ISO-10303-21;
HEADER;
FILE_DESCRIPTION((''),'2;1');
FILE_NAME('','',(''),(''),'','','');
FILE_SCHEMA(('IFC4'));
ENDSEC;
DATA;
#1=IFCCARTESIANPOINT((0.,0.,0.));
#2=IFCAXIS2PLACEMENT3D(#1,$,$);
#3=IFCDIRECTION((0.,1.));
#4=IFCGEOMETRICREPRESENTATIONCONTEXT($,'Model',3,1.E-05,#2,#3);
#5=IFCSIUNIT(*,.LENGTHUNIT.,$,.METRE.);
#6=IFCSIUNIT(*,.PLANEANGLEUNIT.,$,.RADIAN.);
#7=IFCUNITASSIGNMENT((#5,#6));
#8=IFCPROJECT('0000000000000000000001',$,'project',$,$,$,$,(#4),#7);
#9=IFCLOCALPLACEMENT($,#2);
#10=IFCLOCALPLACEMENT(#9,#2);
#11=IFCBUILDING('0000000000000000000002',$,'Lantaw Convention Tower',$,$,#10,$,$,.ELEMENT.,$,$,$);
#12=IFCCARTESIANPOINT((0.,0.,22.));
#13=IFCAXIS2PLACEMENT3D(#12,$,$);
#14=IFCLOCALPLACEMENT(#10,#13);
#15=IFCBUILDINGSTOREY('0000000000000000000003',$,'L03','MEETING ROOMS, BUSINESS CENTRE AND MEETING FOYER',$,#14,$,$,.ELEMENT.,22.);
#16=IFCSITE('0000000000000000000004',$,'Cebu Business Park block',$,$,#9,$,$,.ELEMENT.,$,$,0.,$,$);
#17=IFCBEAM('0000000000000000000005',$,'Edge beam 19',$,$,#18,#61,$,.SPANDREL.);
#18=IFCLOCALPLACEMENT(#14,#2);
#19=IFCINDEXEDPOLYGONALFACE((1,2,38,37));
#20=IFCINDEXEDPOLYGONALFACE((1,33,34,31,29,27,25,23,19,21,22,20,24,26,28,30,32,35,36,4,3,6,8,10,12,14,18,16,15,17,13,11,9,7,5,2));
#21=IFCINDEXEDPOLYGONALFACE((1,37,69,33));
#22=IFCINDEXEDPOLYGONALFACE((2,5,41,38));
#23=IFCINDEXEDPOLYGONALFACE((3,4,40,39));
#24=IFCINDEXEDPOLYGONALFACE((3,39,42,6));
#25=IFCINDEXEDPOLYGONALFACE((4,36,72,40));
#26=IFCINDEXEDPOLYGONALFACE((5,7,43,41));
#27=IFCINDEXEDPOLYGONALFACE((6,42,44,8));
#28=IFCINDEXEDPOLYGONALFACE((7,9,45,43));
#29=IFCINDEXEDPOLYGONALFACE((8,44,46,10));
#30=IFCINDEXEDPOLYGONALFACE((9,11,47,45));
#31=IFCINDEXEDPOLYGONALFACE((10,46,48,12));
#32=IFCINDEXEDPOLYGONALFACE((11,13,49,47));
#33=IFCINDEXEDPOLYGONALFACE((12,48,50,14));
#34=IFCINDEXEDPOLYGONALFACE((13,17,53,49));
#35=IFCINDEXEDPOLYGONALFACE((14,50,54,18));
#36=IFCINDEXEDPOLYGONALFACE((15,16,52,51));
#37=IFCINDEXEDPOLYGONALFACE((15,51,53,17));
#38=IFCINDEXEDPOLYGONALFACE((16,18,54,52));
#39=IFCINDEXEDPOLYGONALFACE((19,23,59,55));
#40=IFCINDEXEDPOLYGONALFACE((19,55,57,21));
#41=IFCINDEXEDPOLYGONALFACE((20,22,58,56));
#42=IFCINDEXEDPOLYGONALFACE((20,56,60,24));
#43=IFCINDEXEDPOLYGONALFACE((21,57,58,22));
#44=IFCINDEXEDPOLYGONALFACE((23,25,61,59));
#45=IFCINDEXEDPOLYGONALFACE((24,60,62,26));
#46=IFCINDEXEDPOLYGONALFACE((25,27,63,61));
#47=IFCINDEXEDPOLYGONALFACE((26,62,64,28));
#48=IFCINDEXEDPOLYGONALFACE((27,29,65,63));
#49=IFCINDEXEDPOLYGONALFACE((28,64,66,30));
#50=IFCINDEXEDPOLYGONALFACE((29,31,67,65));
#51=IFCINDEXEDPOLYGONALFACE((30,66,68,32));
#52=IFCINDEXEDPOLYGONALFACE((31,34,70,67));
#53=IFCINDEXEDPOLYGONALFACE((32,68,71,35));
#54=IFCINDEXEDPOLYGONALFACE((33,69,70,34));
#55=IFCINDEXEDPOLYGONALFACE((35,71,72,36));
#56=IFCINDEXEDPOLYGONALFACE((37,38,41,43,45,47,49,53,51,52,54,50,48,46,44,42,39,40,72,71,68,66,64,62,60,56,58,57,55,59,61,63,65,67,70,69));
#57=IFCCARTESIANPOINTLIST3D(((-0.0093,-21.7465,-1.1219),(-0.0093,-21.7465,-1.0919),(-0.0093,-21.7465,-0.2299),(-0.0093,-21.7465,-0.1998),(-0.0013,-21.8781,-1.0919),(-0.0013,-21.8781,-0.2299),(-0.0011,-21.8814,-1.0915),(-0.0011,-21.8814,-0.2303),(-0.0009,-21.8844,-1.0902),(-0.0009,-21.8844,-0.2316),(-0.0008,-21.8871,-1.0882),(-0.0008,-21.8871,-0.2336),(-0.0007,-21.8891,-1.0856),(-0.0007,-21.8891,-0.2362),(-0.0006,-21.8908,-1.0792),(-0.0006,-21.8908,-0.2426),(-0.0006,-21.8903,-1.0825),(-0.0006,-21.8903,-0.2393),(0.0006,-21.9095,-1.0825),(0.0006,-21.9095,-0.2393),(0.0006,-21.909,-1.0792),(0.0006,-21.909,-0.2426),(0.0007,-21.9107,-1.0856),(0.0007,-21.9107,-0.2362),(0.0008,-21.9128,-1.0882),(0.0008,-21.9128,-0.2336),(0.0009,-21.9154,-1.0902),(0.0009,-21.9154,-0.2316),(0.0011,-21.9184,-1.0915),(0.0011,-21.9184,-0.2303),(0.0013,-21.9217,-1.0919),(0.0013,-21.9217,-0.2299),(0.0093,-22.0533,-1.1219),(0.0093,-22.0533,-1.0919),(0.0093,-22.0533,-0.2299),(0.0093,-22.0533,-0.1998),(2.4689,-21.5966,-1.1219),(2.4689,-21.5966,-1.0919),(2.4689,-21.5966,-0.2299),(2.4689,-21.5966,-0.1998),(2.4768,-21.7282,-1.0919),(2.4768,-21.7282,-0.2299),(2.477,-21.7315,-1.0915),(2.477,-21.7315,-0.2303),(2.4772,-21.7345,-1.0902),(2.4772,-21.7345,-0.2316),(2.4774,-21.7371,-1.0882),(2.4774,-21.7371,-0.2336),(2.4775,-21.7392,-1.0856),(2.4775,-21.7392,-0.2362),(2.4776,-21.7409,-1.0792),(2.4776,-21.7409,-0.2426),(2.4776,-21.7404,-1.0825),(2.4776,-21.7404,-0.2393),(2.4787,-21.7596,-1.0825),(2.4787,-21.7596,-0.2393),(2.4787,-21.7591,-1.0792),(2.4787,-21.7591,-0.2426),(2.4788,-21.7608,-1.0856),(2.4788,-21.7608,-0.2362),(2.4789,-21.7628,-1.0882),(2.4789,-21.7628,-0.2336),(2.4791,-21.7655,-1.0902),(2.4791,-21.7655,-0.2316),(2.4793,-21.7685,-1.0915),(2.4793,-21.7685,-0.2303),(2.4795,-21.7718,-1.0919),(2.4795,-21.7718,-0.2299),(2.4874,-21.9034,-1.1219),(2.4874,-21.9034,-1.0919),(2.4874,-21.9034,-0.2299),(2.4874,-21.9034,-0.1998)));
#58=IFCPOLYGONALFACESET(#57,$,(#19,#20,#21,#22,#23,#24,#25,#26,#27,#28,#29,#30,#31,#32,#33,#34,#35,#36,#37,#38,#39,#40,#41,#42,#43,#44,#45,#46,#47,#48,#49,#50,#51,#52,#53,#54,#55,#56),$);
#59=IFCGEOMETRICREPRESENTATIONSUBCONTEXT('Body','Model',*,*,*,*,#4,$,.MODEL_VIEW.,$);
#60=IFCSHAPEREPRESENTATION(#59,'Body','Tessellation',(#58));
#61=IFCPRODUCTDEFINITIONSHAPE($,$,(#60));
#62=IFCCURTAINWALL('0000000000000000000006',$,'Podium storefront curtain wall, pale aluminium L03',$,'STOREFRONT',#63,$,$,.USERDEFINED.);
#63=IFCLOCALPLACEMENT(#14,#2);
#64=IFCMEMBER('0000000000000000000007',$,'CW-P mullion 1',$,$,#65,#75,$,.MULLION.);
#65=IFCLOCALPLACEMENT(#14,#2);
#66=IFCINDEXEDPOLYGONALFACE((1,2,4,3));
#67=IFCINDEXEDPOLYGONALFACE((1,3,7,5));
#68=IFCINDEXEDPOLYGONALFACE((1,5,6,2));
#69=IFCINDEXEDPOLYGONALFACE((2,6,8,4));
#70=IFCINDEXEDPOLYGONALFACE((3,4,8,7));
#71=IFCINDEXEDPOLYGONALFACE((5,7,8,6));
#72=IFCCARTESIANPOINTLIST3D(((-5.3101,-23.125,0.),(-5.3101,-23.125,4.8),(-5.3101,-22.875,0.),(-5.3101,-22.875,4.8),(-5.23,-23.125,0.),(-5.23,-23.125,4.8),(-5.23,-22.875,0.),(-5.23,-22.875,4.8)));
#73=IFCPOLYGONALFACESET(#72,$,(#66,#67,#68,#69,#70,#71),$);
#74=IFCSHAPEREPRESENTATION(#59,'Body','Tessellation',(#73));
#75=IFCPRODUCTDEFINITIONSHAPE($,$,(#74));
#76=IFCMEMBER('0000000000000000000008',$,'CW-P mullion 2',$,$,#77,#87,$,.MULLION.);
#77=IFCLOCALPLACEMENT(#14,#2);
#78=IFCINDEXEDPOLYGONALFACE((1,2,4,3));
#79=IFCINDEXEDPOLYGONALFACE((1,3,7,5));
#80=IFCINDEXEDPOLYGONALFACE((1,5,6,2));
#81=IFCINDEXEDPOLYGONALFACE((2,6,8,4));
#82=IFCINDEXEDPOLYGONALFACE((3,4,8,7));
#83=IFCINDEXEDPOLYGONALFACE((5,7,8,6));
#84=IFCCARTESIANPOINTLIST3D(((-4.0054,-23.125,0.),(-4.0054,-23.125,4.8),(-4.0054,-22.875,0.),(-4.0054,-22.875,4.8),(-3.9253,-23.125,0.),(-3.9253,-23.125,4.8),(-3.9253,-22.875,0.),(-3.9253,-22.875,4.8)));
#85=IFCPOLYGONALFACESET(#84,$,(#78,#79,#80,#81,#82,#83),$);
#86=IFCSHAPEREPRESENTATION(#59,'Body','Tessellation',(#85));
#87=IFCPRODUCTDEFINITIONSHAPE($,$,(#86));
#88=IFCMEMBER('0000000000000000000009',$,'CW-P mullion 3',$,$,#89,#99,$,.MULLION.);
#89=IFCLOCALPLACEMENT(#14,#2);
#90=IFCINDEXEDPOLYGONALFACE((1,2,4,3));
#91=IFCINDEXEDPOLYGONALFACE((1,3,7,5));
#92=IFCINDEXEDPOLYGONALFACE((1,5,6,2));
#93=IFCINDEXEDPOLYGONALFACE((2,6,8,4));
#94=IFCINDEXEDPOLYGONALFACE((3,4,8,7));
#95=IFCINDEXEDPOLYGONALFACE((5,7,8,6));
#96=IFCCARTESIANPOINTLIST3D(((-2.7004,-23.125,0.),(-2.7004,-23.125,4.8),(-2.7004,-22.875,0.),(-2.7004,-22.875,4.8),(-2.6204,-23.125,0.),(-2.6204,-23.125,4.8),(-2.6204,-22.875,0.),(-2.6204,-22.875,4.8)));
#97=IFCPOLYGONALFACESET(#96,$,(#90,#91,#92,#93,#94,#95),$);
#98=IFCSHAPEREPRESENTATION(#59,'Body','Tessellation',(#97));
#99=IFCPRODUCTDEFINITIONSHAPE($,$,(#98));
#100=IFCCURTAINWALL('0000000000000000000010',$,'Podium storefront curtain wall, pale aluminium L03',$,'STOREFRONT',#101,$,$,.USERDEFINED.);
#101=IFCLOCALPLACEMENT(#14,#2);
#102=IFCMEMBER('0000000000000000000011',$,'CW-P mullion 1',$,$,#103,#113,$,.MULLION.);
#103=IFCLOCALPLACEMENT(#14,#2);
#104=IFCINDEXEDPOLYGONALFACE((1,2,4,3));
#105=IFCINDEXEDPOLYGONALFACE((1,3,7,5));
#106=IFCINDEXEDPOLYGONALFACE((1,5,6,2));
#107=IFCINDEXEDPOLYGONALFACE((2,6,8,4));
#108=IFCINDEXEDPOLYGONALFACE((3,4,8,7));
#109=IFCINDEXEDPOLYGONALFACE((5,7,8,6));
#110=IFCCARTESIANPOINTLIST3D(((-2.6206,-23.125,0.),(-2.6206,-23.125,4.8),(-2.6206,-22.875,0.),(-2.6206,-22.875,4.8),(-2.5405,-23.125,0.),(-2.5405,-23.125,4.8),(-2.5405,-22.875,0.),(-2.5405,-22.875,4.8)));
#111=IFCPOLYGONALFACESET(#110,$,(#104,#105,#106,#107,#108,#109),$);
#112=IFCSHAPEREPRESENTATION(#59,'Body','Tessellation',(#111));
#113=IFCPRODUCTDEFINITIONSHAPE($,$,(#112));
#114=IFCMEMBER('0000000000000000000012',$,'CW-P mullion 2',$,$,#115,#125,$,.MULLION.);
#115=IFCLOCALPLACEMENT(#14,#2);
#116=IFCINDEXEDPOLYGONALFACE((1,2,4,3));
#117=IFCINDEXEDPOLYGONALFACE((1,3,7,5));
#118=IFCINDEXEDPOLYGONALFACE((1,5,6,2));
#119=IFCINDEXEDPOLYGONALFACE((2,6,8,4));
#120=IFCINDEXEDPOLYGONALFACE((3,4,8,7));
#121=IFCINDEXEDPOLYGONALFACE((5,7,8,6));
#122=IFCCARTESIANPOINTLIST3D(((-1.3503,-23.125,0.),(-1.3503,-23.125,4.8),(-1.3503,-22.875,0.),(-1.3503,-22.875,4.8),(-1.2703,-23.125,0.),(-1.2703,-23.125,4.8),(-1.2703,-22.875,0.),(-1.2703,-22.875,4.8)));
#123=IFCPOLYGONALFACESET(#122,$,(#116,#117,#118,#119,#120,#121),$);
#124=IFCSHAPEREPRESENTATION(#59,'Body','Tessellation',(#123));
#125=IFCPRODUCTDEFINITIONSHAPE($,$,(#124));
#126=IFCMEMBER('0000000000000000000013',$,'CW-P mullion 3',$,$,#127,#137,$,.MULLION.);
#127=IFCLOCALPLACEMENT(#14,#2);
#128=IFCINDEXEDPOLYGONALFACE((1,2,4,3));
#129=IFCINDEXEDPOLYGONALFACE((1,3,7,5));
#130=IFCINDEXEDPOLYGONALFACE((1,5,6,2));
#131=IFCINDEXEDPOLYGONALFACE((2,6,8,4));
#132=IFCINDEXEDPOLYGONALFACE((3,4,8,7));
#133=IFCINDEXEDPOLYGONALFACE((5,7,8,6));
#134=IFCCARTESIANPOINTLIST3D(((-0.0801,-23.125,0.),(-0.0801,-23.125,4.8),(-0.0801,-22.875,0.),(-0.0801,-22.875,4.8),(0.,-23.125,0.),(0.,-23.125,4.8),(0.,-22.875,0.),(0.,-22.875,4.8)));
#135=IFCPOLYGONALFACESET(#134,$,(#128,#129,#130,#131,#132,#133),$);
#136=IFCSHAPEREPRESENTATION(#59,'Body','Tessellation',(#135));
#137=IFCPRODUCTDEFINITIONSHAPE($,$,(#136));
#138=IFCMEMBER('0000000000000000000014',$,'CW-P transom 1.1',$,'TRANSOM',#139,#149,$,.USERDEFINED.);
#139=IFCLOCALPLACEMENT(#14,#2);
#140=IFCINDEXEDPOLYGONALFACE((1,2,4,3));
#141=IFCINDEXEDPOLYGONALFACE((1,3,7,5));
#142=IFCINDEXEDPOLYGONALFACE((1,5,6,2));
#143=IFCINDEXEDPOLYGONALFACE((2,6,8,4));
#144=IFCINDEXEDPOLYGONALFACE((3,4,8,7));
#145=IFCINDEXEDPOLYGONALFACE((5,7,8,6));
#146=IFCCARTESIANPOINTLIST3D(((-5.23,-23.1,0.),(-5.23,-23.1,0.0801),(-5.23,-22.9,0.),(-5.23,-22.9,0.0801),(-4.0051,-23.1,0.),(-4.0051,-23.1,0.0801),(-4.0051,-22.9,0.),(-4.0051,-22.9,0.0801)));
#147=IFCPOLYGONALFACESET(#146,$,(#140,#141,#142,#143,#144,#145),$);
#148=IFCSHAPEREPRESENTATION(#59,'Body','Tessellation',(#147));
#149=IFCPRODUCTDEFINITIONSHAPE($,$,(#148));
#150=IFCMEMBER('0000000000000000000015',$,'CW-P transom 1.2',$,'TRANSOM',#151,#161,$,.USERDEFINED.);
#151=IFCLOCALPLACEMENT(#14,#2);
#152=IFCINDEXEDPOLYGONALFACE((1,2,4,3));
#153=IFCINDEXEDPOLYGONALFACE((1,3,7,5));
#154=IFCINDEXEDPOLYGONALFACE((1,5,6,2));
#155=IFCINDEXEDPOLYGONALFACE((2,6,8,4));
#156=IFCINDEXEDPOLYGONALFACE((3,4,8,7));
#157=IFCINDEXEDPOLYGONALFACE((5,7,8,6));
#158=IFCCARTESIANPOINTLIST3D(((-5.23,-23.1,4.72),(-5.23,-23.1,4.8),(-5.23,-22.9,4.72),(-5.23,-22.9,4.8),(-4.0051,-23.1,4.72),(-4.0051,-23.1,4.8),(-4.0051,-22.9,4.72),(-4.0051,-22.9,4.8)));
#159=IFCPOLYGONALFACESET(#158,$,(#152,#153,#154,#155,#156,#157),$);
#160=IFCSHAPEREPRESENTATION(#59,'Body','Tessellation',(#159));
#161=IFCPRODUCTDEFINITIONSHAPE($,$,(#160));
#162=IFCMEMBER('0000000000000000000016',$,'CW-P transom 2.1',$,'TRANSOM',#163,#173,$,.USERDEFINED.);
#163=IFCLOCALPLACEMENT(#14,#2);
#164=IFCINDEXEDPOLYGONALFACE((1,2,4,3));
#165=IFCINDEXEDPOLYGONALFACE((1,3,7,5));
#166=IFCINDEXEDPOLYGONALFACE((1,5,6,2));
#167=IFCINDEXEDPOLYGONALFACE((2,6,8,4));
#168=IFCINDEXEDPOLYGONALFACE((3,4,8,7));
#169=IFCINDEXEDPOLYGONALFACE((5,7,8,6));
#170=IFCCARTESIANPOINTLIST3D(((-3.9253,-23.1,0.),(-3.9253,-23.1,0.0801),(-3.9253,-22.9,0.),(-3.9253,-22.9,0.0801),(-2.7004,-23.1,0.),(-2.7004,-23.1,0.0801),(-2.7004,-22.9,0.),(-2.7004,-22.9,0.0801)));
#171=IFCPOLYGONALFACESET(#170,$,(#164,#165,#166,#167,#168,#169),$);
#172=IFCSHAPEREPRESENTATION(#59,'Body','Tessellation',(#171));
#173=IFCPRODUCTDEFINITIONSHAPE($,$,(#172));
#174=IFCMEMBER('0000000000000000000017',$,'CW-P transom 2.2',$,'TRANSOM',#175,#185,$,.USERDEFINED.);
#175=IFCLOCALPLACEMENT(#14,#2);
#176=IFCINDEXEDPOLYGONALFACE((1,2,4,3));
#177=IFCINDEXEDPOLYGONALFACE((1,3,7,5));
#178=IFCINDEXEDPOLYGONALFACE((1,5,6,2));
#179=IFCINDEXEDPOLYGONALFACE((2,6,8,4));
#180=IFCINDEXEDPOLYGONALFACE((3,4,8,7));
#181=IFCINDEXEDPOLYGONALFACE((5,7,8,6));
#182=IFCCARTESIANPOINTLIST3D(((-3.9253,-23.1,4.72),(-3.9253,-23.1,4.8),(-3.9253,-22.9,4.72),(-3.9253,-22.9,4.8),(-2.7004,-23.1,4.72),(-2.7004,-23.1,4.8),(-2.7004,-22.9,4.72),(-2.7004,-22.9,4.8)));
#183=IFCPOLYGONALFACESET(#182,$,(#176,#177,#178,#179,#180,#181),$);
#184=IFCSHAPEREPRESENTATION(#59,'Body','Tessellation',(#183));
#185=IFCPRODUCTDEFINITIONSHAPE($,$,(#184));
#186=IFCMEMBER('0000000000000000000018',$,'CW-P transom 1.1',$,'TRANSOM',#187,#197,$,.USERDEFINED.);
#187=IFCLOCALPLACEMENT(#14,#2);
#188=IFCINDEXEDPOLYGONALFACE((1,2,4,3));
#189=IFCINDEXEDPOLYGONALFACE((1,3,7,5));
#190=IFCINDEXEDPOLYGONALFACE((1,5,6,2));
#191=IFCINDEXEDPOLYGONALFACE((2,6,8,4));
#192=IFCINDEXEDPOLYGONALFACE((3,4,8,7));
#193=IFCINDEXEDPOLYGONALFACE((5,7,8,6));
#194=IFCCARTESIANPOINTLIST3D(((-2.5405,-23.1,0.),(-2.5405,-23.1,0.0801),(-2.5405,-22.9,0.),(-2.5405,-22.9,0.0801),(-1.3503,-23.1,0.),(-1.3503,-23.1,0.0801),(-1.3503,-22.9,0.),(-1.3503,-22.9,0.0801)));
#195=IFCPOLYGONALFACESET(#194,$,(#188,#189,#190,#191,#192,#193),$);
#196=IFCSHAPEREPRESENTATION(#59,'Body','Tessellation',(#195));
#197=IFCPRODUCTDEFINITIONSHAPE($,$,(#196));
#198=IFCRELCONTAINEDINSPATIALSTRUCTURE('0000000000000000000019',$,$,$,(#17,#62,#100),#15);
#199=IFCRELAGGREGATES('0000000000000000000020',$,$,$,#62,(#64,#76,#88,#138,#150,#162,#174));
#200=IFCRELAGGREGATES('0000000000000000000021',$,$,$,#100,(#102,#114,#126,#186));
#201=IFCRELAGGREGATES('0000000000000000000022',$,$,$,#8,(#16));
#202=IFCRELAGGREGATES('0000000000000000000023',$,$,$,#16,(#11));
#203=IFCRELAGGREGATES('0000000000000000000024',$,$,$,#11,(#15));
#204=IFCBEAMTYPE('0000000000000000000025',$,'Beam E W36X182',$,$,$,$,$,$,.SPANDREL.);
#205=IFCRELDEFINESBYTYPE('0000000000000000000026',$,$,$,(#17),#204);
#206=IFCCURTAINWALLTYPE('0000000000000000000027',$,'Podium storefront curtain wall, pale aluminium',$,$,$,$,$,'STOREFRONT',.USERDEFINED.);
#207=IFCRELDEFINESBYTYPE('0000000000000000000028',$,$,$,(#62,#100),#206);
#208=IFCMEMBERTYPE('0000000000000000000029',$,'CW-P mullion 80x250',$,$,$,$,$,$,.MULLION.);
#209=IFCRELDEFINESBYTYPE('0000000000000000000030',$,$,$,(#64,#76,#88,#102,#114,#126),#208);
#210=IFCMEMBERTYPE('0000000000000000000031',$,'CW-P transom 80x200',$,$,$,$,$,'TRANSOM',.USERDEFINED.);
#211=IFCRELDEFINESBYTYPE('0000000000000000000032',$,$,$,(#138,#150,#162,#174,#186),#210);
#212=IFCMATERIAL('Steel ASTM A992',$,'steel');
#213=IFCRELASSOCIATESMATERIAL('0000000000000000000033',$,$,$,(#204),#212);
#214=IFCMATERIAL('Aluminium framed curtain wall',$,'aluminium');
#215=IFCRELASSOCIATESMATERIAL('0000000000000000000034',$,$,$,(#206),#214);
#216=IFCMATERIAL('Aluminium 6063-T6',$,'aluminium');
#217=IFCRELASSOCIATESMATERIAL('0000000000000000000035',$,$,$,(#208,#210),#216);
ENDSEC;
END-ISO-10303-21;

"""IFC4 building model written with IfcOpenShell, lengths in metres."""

from ifc_helpers import new_model, si_unit, direction, frame, origin, origin_2d, place, context, subcontext, project, spatial, rectangle, i_section, extrude, material, material_profile, profile_set, type_object, element, aggregate, save


model = new_model("IFC4")

# Units and contexts
model_context = context("Model", 3, precision=1e-05, world=origin(), true_north=direction((0.0, 1.0)))
body_context = subcontext(model_context, "Body", "Model", "MODEL_VIEW")
ifc_project = project(units=[si_unit("LENGTHUNIT", "METRE"), si_unit("PLANEANGLEUNIT", "RADIAN")], contexts=[model_context])

# Site, building, storey
site_placement = place(None, origin())
site = spatial("IfcSite", under=ifc_project, at=site_placement, Name="Cebu Business Park block", CompositionType="ELEMENT", RefElevation=0.0)
building_placement = place(site_placement, origin())
building = spatial("IfcBuilding", under=site, at=building_placement, Name="Lantaw Convention Tower", CompositionType="ELEMENT")
storey_placement = place(building_placement, frame((0.0, 0.0, 22.0)))
storey = spatial("IfcBuildingStorey", under=building, at=storey_placement, Name="L03", Description="MEETING ROOMS, BUSINESS CENTRE AND MEETING FOYER", CompositionType="ELEMENT", Elevation=22.0)

# Beam
ifc_material_1 = material(Name="Steel ASTM A992", Category="steel")
ifc_material_profile_1 = material_profile(ifc_material_1, i_section(OverallWidth=0.3074, OverallDepth=0.9221, WebThickness=0.0183, FlangeThickness=0.03, FilletRadius=0.0127, at=origin_2d()), Name="W36X182")
ifc_profile_set_1 = profile_set([ifc_material_profile_1], Name="Steel ASTM A992")
beam_type_1 = type_object("IfcBeamType", Name="Beam E W36X182", PredefinedType="SPANDREL", material=ifc_profile_set_1)
for number, where, z_axis, x_axis, name in (
    (1, (0.0, -21.8999, -0.6609), (0.998175, 0.060382, 0.0), (-0.060382, 0.998175, 0.0), "Edge beam 19"),
):
    element("IfcBeam", number, at=place(storey_placement, frame(where, z_axis=z_axis, x_axis=x_axis)), inside=storey, type_object=beam_type_1, Name=name, PredefinedType="SPANDREL", context=body_context, shape_type="SweptSolid", body=[
        extrude(i_section(OverallWidth=0.3074, OverallDepth=0.9221, WebThickness=0.0183, FlangeThickness=0.03, FilletRadius=0.0127, at=origin_2d()), origin(), (0.0, 0.0, 1.0), 2.4827),
    ])

# Curtain walls, members
ifc_material_2 = material(Name="Aluminium framed curtain wall", Category="aluminium")
curtain_wall_type = type_object("IfcCurtainWallType", Name="Podium storefront curtain wall, pale aluminium", ElementType="STOREFRONT", PredefinedType="USERDEFINED", material=ifc_material_2)
curtain_wall_1_placement = place(storey_placement, origin())
curtain_wall_1 = element("IfcCurtainWall", 2, at=curtain_wall_1_placement, inside=storey, type_object=curtain_wall_type, Name="Podium storefront curtain wall, pale aluminium L03", ObjectType="STOREFRONT", PredefinedType="USERDEFINED")
ifc_material_3 = material(Name="Aluminium 6063-T6", Category="aluminium")
ifc_material_profile_2 = material_profile(ifc_material_3, rectangle(XDim=0.25, YDim=0.0801, at=origin_2d()), Name="CW-P mullion 80x250")
ifc_profile_set_2 = profile_set([ifc_material_profile_2], Name="Aluminium 6063-T6")
member_type_1 = type_object("IfcMemberType", Name="CW-P mullion 80x250", PredefinedType="MULLION", material=ifc_profile_set_2)
member_1_placement = place(storey_placement, frame((-5.27, -23.0, 0.0), z_axis=(0.0, 0.0, 1.0), x_axis=(0.0, 1.0, 0.0)))
member_1 = element("IfcMember", 3, at=member_1_placement, type_object=member_type_1, Name="CW-P mullion 1", PredefinedType="MULLION", context=body_context, shape_type="SweptSolid", body=[
    extrude(rectangle(XDim=0.25, YDim=0.0801, at=origin_2d()), origin(), (0.0, 0.0, 1.0), 4.8),
])
member_2_placement = place(storey_placement, frame((-3.9653, -23.0, 0.0), z_axis=(0.0, 0.0, 1.0), x_axis=(0.0, 1.0, 0.0)))
member_2 = element("IfcMember", 4, at=member_2_placement, type_object=member_type_1, Name="CW-P mullion 2", PredefinedType="MULLION", context=body_context, shape_type="SweptSolid", body=[
    extrude(rectangle(XDim=0.25, YDim=0.0801, at=origin_2d()), origin(), (0.0, 0.0, 1.0), 4.8),
])
member_3_placement = place(storey_placement, frame((-2.6604, -23.0, 0.0), z_axis=(0.0, 0.0, 1.0), x_axis=(0.0, 1.0, 0.0)))
member_3 = element("IfcMember", 5, at=member_3_placement, type_object=member_type_1, Name="CW-P mullion 3", PredefinedType="MULLION", context=body_context, shape_type="SweptSolid", body=[
    extrude(rectangle(XDim=0.25, YDim=0.0801, at=origin_2d()), origin(), (0.0, 0.0, 1.0), 4.8),
])
curtain_wall_2_placement = place(storey_placement, origin())
curtain_wall_2 = element("IfcCurtainWall", 6, at=curtain_wall_2_placement, inside=storey, type_object=curtain_wall_type, Name="Podium storefront curtain wall, pale aluminium L03", ObjectType="STOREFRONT", PredefinedType="USERDEFINED")
member_4_placement = place(storey_placement, frame((-2.5806, -23.0, 0.0), z_axis=(0.0, 0.0, 1.0), x_axis=(0.0, 1.0, 0.0)))
member_4 = element("IfcMember", 7, at=member_4_placement, type_object=member_type_1, Name="CW-P mullion 1", PredefinedType="MULLION", context=body_context, shape_type="SweptSolid", body=[
    extrude(rectangle(XDim=0.25, YDim=0.0801, at=origin_2d()), origin(), (0.0, 0.0, 1.0), 4.8),
])
member_5_placement = place(storey_placement, frame((-1.3103, -23.0, 0.0), z_axis=(0.0, 0.0, 1.0), x_axis=(0.0, 1.0, 0.0)))
member_5 = element("IfcMember", 8, at=member_5_placement, type_object=member_type_1, Name="CW-P mullion 2", PredefinedType="MULLION", context=body_context, shape_type="SweptSolid", body=[
    extrude(rectangle(XDim=0.25, YDim=0.0801, at=origin_2d()), origin(), (0.0, 0.0, 1.0), 4.8),
])
member_6_placement = place(storey_placement, frame((-0.04, -23.0, 0.0), z_axis=(0.0, 0.0, 1.0), x_axis=(0.0, 1.0, 0.0)))
member_6 = element("IfcMember", 9, at=member_6_placement, type_object=member_type_1, Name="CW-P mullion 3", PredefinedType="MULLION", context=body_context, shape_type="SweptSolid", body=[
    extrude(rectangle(XDim=0.25, YDim=0.0801, at=origin_2d()), origin(), (0.0, 0.0, 1.0), 4.8),
])

# Members
ifc_material_profile_3 = material_profile(ifc_material_3, rectangle(XDim=0.2, YDim=0.0801, at=origin_2d()), Name="CW-P transom 80x200")
ifc_profile_set_3 = profile_set([ifc_material_profile_3], Name="Aluminium 6063-T6")
member_type_2 = type_object("IfcMemberType", Name="CW-P transom 80x200", ElementType="TRANSOM", PredefinedType="USERDEFINED", material=ifc_profile_set_3)
member_7_placement = place(storey_placement, frame((-5.23, -23.0, 0.04), z_axis=(1.0, 0.0, 0.0), x_axis=(0.0, 1.0, 0.0)))
member_7 = element("IfcMember", 10, at=member_7_placement, type_object=member_type_2, Name="CW-P transom 1.1", ObjectType="TRANSOM", PredefinedType="USERDEFINED", context=body_context, shape_type="SweptSolid", body=[
    extrude(rectangle(XDim=0.2, YDim=0.0801, at=origin_2d()), origin(), (0.0, 0.0, 1.0), 1.2249),
])
member_8_placement = place(storey_placement, frame((-5.23, -23.0, 4.76), z_axis=(1.0, 0.0, 0.0), x_axis=(0.0, 1.0, 0.0)))
member_8 = element("IfcMember", 11, at=member_8_placement, type_object=member_type_2, Name="CW-P transom 1.2", ObjectType="TRANSOM", PredefinedType="USERDEFINED", context=body_context, shape_type="SweptSolid", body=[
    extrude(rectangle(XDim=0.2, YDim=0.0801, at=origin_2d()), origin(), (0.0, 0.0, 1.0), 1.2249),
])
member_9_placement = place(storey_placement, frame((-3.9253, -23.0, 0.04), z_axis=(1.0, 0.0, 0.0), x_axis=(0.0, 1.0, 0.0)))
member_9 = element("IfcMember", 12, at=member_9_placement, type_object=member_type_2, Name="CW-P transom 2.1", ObjectType="TRANSOM", PredefinedType="USERDEFINED", context=body_context, shape_type="SweptSolid", body=[
    extrude(rectangle(XDim=0.2, YDim=0.0801, at=origin_2d()), origin(), (0.0, 0.0, 1.0), 1.2249),
])
member_10_placement = place(storey_placement, frame((-3.9253, -23.0, 4.76), z_axis=(1.0, 0.0, 0.0), x_axis=(0.0, 1.0, 0.0)))
member_10 = element("IfcMember", 13, at=member_10_placement, type_object=member_type_2, Name="CW-P transom 2.2", ObjectType="TRANSOM", PredefinedType="USERDEFINED", context=body_context, shape_type="SweptSolid", body=[
    extrude(rectangle(XDim=0.2, YDim=0.0801, at=origin_2d()), origin(), (0.0, 0.0, 1.0), 1.2249),
])
member_11_placement = place(storey_placement, frame((-2.5405, -23.0, 0.04), z_axis=(1.0, 0.0, 0.0), x_axis=(0.0, 1.0, 0.0)))
member_11 = element("IfcMember", 14, at=member_11_placement, type_object=member_type_2, Name="CW-P transom 1.1", ObjectType="TRANSOM", PredefinedType="USERDEFINED", context=body_context, shape_type="SweptSolid", body=[
    extrude(rectangle(XDim=0.2, YDim=0.0801, at=origin_2d()), origin(), (0.0, 0.0, 1.0), 1.1902),
])

aggregate(curtain_wall_1, [member_1, member_2, member_3, member_7, member_8, member_9, member_10])
aggregate(curtain_wall_2, [member_4, member_5, member_6, member_11])

save(model, "model.ifc")
